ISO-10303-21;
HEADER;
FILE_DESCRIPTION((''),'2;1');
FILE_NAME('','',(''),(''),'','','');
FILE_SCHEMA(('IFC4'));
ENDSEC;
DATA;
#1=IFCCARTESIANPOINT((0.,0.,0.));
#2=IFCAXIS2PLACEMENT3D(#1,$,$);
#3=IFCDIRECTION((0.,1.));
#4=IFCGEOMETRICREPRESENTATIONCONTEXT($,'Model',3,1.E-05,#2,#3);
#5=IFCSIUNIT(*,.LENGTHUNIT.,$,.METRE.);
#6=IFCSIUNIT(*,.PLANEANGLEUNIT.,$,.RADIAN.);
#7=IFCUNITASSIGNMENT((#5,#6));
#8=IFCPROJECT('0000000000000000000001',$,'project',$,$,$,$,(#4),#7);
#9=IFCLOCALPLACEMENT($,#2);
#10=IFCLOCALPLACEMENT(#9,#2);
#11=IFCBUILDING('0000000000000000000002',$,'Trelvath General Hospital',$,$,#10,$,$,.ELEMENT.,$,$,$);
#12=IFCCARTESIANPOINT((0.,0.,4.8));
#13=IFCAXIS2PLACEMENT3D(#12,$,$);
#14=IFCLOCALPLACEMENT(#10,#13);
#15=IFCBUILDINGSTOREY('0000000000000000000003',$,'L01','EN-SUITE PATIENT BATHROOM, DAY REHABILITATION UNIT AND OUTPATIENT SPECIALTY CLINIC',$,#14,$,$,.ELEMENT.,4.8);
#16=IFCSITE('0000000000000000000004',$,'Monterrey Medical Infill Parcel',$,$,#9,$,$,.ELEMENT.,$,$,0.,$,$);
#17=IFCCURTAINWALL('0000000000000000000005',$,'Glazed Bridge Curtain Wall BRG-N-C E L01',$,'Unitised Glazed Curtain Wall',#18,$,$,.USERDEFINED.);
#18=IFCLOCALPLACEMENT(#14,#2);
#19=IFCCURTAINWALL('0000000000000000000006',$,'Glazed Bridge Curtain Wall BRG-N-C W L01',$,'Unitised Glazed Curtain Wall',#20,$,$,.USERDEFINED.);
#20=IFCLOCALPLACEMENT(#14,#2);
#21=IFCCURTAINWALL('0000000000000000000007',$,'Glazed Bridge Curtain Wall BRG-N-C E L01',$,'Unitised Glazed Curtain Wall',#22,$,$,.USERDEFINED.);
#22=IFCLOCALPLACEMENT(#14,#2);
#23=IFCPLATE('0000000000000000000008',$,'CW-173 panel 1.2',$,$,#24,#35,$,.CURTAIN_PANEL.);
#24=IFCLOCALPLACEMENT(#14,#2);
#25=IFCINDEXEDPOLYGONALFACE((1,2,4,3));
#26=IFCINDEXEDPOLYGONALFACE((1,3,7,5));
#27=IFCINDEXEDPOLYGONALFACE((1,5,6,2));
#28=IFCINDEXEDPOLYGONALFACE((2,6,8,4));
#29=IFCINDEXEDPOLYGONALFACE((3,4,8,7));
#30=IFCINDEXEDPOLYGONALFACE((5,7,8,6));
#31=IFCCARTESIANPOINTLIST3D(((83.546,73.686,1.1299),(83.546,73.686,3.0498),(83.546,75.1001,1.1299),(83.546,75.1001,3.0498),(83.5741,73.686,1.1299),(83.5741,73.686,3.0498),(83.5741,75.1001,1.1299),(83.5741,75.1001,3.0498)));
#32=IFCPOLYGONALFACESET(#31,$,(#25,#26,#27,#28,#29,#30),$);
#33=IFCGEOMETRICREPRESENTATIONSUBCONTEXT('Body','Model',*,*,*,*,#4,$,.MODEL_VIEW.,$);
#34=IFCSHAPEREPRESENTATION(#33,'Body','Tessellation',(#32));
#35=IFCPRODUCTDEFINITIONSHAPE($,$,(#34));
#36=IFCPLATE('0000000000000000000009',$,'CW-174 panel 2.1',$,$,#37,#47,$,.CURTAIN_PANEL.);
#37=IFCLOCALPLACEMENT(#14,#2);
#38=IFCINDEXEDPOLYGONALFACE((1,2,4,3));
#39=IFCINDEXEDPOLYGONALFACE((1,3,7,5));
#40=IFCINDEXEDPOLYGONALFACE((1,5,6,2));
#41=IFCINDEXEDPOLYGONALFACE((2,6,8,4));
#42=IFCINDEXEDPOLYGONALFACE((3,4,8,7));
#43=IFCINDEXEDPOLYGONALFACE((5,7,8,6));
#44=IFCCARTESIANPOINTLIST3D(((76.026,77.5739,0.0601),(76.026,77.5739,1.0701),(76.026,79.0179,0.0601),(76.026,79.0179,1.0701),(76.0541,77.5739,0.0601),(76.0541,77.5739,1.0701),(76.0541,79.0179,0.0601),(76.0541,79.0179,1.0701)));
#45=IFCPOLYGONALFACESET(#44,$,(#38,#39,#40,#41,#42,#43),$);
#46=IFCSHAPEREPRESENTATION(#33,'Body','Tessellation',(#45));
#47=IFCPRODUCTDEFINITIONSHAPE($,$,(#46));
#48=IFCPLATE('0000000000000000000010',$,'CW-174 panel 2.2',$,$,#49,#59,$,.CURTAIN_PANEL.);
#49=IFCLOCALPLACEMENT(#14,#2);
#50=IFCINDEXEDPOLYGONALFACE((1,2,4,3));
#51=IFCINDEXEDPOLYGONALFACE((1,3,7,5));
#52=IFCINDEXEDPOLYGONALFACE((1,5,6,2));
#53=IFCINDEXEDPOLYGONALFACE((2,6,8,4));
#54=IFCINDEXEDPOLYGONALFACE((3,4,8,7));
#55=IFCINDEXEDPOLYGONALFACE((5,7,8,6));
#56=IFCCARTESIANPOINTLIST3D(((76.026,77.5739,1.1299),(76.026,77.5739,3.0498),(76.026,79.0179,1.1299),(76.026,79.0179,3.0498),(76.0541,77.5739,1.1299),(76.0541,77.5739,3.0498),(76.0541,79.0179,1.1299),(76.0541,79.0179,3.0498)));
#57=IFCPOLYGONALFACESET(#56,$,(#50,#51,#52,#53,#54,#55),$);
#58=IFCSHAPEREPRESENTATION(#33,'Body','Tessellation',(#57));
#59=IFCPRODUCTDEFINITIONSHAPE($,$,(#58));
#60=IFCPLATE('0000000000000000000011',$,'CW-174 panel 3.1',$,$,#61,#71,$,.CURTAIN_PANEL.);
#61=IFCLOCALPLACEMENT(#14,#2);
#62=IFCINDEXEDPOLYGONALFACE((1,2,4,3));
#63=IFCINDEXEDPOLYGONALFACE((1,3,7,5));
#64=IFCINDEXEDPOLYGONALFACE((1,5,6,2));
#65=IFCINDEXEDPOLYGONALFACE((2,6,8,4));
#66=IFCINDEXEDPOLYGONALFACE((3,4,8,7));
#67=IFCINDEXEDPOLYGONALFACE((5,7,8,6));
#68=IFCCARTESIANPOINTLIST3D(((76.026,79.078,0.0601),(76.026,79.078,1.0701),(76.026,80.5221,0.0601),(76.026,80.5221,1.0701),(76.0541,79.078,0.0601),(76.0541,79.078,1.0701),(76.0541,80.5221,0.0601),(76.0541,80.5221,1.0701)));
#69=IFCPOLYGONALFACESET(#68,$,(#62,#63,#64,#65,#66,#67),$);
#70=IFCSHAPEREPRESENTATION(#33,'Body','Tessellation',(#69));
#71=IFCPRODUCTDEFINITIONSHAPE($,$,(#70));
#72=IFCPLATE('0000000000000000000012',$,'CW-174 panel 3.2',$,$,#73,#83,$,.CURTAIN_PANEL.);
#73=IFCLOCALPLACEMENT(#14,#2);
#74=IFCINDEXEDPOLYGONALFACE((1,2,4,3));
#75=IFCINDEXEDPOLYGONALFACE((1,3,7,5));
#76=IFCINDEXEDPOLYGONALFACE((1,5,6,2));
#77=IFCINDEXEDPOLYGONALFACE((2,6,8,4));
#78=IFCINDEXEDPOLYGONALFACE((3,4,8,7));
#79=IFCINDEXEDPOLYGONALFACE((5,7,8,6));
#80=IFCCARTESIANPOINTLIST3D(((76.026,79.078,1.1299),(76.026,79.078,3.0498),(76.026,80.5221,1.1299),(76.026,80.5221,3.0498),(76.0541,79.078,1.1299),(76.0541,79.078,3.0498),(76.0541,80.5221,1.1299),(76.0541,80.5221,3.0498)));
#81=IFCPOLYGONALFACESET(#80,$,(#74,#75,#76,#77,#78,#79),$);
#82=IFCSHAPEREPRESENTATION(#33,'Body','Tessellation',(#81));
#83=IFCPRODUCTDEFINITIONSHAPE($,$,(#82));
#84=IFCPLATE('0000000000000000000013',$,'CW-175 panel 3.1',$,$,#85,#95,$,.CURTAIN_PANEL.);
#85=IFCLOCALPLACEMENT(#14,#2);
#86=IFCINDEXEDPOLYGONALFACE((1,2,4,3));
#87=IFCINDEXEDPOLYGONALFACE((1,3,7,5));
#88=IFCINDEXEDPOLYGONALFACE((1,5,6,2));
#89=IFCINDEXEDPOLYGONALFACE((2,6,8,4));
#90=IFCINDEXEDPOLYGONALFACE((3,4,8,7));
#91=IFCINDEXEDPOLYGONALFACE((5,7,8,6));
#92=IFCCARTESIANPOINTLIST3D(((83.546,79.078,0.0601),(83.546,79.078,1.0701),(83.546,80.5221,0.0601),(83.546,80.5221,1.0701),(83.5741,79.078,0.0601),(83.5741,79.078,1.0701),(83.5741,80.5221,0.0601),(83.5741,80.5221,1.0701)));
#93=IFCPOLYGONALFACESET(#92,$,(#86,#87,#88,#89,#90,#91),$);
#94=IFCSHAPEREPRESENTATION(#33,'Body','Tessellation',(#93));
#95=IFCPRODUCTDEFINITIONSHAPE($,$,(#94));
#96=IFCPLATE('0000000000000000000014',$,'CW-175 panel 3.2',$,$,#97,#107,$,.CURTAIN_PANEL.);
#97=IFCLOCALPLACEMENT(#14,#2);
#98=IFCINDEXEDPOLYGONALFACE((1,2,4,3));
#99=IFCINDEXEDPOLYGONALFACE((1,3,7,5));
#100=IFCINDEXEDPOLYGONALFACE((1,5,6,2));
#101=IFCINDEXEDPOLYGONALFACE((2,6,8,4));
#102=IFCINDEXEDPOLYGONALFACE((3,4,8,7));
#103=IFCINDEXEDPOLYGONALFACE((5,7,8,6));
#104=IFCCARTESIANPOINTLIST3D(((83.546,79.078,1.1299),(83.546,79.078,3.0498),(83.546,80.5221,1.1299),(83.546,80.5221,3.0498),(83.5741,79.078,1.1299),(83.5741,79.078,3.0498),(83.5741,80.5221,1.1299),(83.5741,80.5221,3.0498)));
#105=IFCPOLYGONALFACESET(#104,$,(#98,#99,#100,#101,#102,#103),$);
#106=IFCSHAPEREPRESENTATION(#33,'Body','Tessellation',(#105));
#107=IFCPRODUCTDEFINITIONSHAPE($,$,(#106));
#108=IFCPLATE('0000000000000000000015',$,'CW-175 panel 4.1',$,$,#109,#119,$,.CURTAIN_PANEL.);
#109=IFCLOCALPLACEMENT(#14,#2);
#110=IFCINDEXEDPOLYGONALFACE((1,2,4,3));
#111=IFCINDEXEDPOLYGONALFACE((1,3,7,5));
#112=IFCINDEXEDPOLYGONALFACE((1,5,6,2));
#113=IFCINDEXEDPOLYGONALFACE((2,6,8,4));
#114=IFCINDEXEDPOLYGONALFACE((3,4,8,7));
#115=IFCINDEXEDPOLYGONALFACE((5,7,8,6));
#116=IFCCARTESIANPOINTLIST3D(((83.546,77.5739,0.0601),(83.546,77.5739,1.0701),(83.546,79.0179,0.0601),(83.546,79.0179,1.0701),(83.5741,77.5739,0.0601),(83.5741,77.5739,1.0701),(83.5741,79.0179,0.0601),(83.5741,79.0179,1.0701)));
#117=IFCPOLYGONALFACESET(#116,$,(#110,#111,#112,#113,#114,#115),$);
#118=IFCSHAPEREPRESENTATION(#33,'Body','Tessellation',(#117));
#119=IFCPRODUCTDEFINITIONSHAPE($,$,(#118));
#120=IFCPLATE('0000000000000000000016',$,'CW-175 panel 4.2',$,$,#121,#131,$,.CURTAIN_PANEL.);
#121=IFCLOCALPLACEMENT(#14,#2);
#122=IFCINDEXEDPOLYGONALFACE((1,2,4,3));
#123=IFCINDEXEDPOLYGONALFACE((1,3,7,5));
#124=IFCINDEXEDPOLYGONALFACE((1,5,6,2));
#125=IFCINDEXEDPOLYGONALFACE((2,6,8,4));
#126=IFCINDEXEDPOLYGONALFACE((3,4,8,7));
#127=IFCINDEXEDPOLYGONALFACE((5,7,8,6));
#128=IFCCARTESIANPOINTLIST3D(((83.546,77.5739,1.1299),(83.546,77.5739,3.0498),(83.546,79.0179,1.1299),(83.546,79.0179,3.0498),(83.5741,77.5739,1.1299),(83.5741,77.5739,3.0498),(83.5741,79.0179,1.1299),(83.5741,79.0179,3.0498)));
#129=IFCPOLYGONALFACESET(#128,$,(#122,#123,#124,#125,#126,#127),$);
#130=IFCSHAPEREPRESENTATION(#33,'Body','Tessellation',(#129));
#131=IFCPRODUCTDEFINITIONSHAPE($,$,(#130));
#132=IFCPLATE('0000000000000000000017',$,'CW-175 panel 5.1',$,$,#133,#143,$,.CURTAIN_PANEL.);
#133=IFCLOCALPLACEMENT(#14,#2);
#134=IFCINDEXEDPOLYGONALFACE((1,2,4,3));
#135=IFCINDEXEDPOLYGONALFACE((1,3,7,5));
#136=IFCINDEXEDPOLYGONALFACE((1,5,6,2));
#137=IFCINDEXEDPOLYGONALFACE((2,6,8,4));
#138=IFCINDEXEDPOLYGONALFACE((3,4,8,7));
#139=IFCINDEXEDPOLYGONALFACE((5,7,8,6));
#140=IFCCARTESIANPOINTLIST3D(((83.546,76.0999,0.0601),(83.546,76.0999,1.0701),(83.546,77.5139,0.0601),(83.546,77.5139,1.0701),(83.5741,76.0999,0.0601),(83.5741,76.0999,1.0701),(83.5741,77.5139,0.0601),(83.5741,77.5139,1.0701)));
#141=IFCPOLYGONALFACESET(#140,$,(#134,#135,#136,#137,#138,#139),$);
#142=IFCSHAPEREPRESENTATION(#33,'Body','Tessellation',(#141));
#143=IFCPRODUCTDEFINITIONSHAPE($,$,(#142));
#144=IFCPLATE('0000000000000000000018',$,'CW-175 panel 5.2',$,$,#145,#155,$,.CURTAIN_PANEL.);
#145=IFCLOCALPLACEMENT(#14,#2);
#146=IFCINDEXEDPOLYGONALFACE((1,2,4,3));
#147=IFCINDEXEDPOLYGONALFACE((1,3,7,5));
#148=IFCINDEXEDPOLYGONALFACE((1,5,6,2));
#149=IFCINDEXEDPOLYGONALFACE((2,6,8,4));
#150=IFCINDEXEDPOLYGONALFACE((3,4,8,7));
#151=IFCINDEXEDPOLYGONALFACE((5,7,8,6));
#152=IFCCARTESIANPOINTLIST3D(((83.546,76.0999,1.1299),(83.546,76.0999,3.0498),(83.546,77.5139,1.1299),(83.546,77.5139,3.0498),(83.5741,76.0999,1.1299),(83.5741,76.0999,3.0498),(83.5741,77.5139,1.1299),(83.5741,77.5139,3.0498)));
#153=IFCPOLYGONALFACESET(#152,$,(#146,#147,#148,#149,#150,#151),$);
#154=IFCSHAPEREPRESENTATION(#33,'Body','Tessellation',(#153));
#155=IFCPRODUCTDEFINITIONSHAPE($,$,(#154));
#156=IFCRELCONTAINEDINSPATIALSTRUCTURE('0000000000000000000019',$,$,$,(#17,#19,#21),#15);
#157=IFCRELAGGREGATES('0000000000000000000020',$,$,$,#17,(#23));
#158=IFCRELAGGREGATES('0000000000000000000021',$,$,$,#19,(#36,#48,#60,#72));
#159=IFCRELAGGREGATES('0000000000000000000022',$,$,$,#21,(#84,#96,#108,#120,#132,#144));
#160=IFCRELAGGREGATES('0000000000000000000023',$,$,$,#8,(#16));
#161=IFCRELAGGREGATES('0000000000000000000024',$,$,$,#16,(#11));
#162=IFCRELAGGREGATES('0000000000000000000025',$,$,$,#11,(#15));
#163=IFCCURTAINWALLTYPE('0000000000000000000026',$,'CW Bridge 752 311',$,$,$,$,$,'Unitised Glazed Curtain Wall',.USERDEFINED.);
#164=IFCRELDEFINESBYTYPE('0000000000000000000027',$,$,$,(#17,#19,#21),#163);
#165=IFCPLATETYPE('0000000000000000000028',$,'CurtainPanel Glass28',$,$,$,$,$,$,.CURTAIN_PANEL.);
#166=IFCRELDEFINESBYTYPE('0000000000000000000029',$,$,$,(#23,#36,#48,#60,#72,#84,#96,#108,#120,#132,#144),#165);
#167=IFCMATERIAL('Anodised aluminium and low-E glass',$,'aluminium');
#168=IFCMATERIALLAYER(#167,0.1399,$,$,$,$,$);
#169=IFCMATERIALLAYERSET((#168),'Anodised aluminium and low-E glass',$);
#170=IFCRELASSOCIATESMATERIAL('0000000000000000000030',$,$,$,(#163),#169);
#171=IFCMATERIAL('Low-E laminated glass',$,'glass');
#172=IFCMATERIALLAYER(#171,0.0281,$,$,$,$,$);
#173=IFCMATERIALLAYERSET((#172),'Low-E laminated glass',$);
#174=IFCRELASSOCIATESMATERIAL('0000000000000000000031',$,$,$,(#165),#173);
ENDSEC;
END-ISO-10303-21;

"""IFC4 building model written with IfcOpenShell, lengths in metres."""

from ifc_helpers import new_model, si_unit, direction, frame, origin, origin_2d, place, context, subcontext, project, spatial, rectangle, extrude, material, layer, layer_set, type_object, element, aggregate, save


model = new_model("IFC4")

# Units and contexts
model_context = context("Model", 3, precision=1e-05, world=origin(), true_north=direction((0.0, 1.0)))
body_context = subcontext(model_context, "Body", "Model", "MODEL_VIEW")
ifc_project = project(units=[si_unit("LENGTHUNIT", "METRE"), si_unit("PLANEANGLEUNIT", "RADIAN")], contexts=[model_context])

# Site, building, storey
site_placement = place(None, origin())
site = spatial("IfcSite", under=ifc_project, at=site_placement, Name="Monterrey Medical Infill Parcel", CompositionType="ELEMENT", RefElevation=0.0)
building_placement = place(site_placement, origin())
building = spatial("IfcBuilding", under=site, at=building_placement, Name="Trelvath General Hospital", CompositionType="ELEMENT")
storey_placement = place(building_placement, frame((0.0, 0.0, 4.8)))
storey = spatial("IfcBuildingStorey", under=building, at=storey_placement, Name="L01", Description="EN-SUITE PATIENT BATHROOM, DAY REHABILITATION UNIT AND OUTPATIENT SPECIALTY CLINIC", CompositionType="ELEMENT", Elevation=4.8)

# Curtain wall
ifc_material_1 = material(Name="Anodised aluminium and low-E glass", Category="aluminium")
ifc_layer_1 = layer(ifc_material_1, 0.1399)
ifc_layer_set_1 = layer_set([ifc_layer_1], Name="Anodised aluminium and low-E glass")
curtain_wall_type = type_object("IfcCurtainWallType", Name="CW Bridge 752 311", ElementType="Unitised Glazed Curtain Wall", PredefinedType="USERDEFINED", material=ifc_layer_set_1)
curtain_wall_1_placement = place(storey_placement, origin())
curtain_wall_1 = element("IfcCurtainWall", 1, at=curtain_wall_1_placement, inside=storey, type_object=curtain_wall_type, Name="Glazed Bridge Curtain Wall BRG-N-C E L01", ObjectType="Unitised Glazed Curtain Wall", PredefinedType="USERDEFINED")

# Curtain walls
curtain_wall_2_placement = place(storey_placement, origin())
curtain_wall_2 = element("IfcCurtainWall", 2, at=curtain_wall_2_placement, inside=storey, type_object=curtain_wall_type, Name="Glazed Bridge Curtain Wall BRG-N-C W L01", ObjectType="Unitised Glazed Curtain Wall", PredefinedType="USERDEFINED")
curtain_wall_3_placement = place(storey_placement, origin())
curtain_wall_3 = element("IfcCurtainWall", 3, at=curtain_wall_3_placement, inside=storey, type_object=curtain_wall_type, Name="Glazed Bridge Curtain Wall BRG-N-C E L01", ObjectType="Unitised Glazed Curtain Wall", PredefinedType="USERDEFINED")

# Plates
ifc_material_2 = material(Name="Low-E laminated glass", Category="glass")
ifc_layer_2 = layer(ifc_material_2, 0.0281)
ifc_layer_set_2 = layer_set([ifc_layer_2], Name="Low-E laminated glass")
plate_type = type_object("IfcPlateType", Name="CurtainPanel Glass28", PredefinedType="CURTAIN_PANEL", material=ifc_layer_set_2)
plate_1_placement = place(storey_placement, frame((83.5601, 74.3931, 1.1299), z_axis=(0.0, 0.0, 1.0), x_axis=(0.0, -1.0, 0.0)))
plate_1 = element("IfcPlate", 4, at=plate_1_placement, type_object=plate_type, Name="CW-173 panel 1.2", PredefinedType="CURTAIN_PANEL", context=body_context, shape_type="SweptSolid", body=[
    extrude(rectangle(XDim=1.4141, YDim=0.0281, at=origin_2d()), origin(), (0.0, 0.0, 1.0), 1.9199),
])
aggregate(curtain_wall_1, [plate_1])
plate_2_placement = place(storey_placement, frame((76.04, 78.2959, 0.0601), z_axis=(0.0, 0.0, 1.0), x_axis=(0.0, 1.0, 0.0)))
plate_2 = element("IfcPlate", 5, at=plate_2_placement, type_object=plate_type, Name="CW-174 panel 2.1", PredefinedType="CURTAIN_PANEL", context=body_context, shape_type="SweptSolid", body=[
    extrude(rectangle(XDim=1.4441, YDim=0.0281, at=origin_2d()), origin(), (0.0, 0.0, 1.0), 1.01),
])
plate_3_placement = place(storey_placement, frame((76.04, 78.2959, 1.1299), z_axis=(0.0, 0.0, 1.0), x_axis=(0.0, 1.0, 0.0)))
plate_3 = element("IfcPlate", 6, at=plate_3_placement, type_object=plate_type, Name="CW-174 panel 2.2", PredefinedType="CURTAIN_PANEL", context=body_context, shape_type="SweptSolid", body=[
    extrude(rectangle(XDim=1.4441, YDim=0.0281, at=origin_2d()), origin(), (0.0, 0.0, 1.0), 1.9199),
])
plate_4_placement = place(storey_placement, frame((76.04, 79.8, 0.0601), z_axis=(0.0, 0.0, 1.0), x_axis=(0.0, 1.0, 0.0)))
plate_4 = element("IfcPlate", 7, at=plate_4_placement, type_object=plate_type, Name="CW-174 panel 3.1", PredefinedType="CURTAIN_PANEL", context=body_context, shape_type="SweptSolid", body=[
    extrude(rectangle(XDim=1.4441, YDim=0.0281, at=origin_2d()), origin(), (0.0, 0.0, 1.0), 1.01),
])
plate_5_placement = place(storey_placement, frame((76.04, 79.8, 1.1299), z_axis=(0.0, 0.0, 1.0), x_axis=(0.0, 1.0, 0.0)))
plate_5 = element("IfcPlate", 8, at=plate_5_placement, type_object=plate_type, Name="CW-174 panel 3.2", PredefinedType="CURTAIN_PANEL", context=body_context, shape_type="SweptSolid", body=[
    extrude(rectangle(XDim=1.4441, YDim=0.0281, at=origin_2d()), origin(), (0.0, 0.0, 1.0), 1.9199),
])
aggregate(curtain_wall_2, [plate_2, plate_3, plate_4, plate_5])
plate_6_placement = place(storey_placement, frame((83.5601, 79.8, 0.0601), z_axis=(0.0, 0.0, 1.0), x_axis=(0.0, -1.0, 0.0)))
plate_6 = element("IfcPlate", 9, at=plate_6_placement, type_object=plate_type, Name="CW-175 panel 3.1", PredefinedType="CURTAIN_PANEL", context=body_context, shape_type="SweptSolid", body=[
    extrude(rectangle(XDim=1.4441, YDim=0.0281, at=origin_2d()), origin(), (0.0, 0.0, 1.0), 1.01),
])
plate_7_placement = place(storey_placement, frame((83.5601, 79.8, 1.1299), z_axis=(0.0, 0.0, 1.0), x_axis=(0.0, -1.0, 0.0)))
plate_7 = element("IfcPlate", 10, at=plate_7_placement, type_object=plate_type, Name="CW-175 panel 3.2", PredefinedType="CURTAIN_PANEL", context=body_context, shape_type="SweptSolid", body=[
    extrude(rectangle(XDim=1.4441, YDim=0.0281, at=origin_2d()), origin(), (0.0, 0.0, 1.0), 1.9199),
])
plate_8_placement = place(storey_placement, frame((83.5601, 78.2959, 0.0601), z_axis=(0.0, 0.0, 1.0), x_axis=(0.0, -1.0, 0.0)))
plate_8 = element("IfcPlate", 11, at=plate_8_placement, type_object=plate_type, Name="CW-175 panel 4.1", PredefinedType="CURTAIN_PANEL", context=body_context, shape_type="SweptSolid", body=[
    extrude(rectangle(XDim=1.4441, YDim=0.0281, at=origin_2d()), origin(), (0.0, 0.0, 1.0), 1.01),
])
plate_9_placement = place(storey_placement, frame((83.5601, 78.2959, 1.1299), z_axis=(0.0, 0.0, 1.0), x_axis=(0.0, -1.0, 0.0)))
plate_9 = element("IfcPlate", 12, at=plate_9_placement, type_object=plate_type, Name="CW-175 panel 4.2", PredefinedType="CURTAIN_PANEL", context=body_context, shape_type="SweptSolid", body=[
    extrude(rectangle(XDim=1.4441, YDim=0.0281, at=origin_2d()), origin(), (0.0, 0.0, 1.0), 1.9199),
])
plate_10_placement = place(storey_placement, frame((83.5601, 76.8069, 0.0601), z_axis=(0.0, 0.0, 1.0), x_axis=(0.0, -1.0, 0.0)))
plate_10 = element("IfcPlate", 13, at=plate_10_placement, type_object=plate_type, Name="CW-175 panel 5.1", PredefinedType="CURTAIN_PANEL", context=body_context, shape_type="SweptSolid", body=[
    extrude(rectangle(XDim=1.4141, YDim=0.0281, at=origin_2d()), origin(), (0.0, 0.0, 1.0), 1.01),
])
plate_11_placement = place(storey_placement, frame((83.5601, 76.8069, 1.1299), z_axis=(0.0, 0.0, 1.0), x_axis=(0.0, -1.0, 0.0)))
plate_11 = element("IfcPlate", 14, at=plate_11_placement, type_object=plate_type, Name="CW-175 panel 5.2", PredefinedType="CURTAIN_PANEL", context=body_context, shape_type="SweptSolid", body=[
    extrude(rectangle(XDim=1.4141, YDim=0.0281, at=origin_2d()), origin(), (0.0, 0.0, 1.0), 1.9199),
])
aggregate(curtain_wall_3, [plate_6, plate_7, plate_8, plate_9, plate_10, plate_11])

save(model, "model.ifc")
